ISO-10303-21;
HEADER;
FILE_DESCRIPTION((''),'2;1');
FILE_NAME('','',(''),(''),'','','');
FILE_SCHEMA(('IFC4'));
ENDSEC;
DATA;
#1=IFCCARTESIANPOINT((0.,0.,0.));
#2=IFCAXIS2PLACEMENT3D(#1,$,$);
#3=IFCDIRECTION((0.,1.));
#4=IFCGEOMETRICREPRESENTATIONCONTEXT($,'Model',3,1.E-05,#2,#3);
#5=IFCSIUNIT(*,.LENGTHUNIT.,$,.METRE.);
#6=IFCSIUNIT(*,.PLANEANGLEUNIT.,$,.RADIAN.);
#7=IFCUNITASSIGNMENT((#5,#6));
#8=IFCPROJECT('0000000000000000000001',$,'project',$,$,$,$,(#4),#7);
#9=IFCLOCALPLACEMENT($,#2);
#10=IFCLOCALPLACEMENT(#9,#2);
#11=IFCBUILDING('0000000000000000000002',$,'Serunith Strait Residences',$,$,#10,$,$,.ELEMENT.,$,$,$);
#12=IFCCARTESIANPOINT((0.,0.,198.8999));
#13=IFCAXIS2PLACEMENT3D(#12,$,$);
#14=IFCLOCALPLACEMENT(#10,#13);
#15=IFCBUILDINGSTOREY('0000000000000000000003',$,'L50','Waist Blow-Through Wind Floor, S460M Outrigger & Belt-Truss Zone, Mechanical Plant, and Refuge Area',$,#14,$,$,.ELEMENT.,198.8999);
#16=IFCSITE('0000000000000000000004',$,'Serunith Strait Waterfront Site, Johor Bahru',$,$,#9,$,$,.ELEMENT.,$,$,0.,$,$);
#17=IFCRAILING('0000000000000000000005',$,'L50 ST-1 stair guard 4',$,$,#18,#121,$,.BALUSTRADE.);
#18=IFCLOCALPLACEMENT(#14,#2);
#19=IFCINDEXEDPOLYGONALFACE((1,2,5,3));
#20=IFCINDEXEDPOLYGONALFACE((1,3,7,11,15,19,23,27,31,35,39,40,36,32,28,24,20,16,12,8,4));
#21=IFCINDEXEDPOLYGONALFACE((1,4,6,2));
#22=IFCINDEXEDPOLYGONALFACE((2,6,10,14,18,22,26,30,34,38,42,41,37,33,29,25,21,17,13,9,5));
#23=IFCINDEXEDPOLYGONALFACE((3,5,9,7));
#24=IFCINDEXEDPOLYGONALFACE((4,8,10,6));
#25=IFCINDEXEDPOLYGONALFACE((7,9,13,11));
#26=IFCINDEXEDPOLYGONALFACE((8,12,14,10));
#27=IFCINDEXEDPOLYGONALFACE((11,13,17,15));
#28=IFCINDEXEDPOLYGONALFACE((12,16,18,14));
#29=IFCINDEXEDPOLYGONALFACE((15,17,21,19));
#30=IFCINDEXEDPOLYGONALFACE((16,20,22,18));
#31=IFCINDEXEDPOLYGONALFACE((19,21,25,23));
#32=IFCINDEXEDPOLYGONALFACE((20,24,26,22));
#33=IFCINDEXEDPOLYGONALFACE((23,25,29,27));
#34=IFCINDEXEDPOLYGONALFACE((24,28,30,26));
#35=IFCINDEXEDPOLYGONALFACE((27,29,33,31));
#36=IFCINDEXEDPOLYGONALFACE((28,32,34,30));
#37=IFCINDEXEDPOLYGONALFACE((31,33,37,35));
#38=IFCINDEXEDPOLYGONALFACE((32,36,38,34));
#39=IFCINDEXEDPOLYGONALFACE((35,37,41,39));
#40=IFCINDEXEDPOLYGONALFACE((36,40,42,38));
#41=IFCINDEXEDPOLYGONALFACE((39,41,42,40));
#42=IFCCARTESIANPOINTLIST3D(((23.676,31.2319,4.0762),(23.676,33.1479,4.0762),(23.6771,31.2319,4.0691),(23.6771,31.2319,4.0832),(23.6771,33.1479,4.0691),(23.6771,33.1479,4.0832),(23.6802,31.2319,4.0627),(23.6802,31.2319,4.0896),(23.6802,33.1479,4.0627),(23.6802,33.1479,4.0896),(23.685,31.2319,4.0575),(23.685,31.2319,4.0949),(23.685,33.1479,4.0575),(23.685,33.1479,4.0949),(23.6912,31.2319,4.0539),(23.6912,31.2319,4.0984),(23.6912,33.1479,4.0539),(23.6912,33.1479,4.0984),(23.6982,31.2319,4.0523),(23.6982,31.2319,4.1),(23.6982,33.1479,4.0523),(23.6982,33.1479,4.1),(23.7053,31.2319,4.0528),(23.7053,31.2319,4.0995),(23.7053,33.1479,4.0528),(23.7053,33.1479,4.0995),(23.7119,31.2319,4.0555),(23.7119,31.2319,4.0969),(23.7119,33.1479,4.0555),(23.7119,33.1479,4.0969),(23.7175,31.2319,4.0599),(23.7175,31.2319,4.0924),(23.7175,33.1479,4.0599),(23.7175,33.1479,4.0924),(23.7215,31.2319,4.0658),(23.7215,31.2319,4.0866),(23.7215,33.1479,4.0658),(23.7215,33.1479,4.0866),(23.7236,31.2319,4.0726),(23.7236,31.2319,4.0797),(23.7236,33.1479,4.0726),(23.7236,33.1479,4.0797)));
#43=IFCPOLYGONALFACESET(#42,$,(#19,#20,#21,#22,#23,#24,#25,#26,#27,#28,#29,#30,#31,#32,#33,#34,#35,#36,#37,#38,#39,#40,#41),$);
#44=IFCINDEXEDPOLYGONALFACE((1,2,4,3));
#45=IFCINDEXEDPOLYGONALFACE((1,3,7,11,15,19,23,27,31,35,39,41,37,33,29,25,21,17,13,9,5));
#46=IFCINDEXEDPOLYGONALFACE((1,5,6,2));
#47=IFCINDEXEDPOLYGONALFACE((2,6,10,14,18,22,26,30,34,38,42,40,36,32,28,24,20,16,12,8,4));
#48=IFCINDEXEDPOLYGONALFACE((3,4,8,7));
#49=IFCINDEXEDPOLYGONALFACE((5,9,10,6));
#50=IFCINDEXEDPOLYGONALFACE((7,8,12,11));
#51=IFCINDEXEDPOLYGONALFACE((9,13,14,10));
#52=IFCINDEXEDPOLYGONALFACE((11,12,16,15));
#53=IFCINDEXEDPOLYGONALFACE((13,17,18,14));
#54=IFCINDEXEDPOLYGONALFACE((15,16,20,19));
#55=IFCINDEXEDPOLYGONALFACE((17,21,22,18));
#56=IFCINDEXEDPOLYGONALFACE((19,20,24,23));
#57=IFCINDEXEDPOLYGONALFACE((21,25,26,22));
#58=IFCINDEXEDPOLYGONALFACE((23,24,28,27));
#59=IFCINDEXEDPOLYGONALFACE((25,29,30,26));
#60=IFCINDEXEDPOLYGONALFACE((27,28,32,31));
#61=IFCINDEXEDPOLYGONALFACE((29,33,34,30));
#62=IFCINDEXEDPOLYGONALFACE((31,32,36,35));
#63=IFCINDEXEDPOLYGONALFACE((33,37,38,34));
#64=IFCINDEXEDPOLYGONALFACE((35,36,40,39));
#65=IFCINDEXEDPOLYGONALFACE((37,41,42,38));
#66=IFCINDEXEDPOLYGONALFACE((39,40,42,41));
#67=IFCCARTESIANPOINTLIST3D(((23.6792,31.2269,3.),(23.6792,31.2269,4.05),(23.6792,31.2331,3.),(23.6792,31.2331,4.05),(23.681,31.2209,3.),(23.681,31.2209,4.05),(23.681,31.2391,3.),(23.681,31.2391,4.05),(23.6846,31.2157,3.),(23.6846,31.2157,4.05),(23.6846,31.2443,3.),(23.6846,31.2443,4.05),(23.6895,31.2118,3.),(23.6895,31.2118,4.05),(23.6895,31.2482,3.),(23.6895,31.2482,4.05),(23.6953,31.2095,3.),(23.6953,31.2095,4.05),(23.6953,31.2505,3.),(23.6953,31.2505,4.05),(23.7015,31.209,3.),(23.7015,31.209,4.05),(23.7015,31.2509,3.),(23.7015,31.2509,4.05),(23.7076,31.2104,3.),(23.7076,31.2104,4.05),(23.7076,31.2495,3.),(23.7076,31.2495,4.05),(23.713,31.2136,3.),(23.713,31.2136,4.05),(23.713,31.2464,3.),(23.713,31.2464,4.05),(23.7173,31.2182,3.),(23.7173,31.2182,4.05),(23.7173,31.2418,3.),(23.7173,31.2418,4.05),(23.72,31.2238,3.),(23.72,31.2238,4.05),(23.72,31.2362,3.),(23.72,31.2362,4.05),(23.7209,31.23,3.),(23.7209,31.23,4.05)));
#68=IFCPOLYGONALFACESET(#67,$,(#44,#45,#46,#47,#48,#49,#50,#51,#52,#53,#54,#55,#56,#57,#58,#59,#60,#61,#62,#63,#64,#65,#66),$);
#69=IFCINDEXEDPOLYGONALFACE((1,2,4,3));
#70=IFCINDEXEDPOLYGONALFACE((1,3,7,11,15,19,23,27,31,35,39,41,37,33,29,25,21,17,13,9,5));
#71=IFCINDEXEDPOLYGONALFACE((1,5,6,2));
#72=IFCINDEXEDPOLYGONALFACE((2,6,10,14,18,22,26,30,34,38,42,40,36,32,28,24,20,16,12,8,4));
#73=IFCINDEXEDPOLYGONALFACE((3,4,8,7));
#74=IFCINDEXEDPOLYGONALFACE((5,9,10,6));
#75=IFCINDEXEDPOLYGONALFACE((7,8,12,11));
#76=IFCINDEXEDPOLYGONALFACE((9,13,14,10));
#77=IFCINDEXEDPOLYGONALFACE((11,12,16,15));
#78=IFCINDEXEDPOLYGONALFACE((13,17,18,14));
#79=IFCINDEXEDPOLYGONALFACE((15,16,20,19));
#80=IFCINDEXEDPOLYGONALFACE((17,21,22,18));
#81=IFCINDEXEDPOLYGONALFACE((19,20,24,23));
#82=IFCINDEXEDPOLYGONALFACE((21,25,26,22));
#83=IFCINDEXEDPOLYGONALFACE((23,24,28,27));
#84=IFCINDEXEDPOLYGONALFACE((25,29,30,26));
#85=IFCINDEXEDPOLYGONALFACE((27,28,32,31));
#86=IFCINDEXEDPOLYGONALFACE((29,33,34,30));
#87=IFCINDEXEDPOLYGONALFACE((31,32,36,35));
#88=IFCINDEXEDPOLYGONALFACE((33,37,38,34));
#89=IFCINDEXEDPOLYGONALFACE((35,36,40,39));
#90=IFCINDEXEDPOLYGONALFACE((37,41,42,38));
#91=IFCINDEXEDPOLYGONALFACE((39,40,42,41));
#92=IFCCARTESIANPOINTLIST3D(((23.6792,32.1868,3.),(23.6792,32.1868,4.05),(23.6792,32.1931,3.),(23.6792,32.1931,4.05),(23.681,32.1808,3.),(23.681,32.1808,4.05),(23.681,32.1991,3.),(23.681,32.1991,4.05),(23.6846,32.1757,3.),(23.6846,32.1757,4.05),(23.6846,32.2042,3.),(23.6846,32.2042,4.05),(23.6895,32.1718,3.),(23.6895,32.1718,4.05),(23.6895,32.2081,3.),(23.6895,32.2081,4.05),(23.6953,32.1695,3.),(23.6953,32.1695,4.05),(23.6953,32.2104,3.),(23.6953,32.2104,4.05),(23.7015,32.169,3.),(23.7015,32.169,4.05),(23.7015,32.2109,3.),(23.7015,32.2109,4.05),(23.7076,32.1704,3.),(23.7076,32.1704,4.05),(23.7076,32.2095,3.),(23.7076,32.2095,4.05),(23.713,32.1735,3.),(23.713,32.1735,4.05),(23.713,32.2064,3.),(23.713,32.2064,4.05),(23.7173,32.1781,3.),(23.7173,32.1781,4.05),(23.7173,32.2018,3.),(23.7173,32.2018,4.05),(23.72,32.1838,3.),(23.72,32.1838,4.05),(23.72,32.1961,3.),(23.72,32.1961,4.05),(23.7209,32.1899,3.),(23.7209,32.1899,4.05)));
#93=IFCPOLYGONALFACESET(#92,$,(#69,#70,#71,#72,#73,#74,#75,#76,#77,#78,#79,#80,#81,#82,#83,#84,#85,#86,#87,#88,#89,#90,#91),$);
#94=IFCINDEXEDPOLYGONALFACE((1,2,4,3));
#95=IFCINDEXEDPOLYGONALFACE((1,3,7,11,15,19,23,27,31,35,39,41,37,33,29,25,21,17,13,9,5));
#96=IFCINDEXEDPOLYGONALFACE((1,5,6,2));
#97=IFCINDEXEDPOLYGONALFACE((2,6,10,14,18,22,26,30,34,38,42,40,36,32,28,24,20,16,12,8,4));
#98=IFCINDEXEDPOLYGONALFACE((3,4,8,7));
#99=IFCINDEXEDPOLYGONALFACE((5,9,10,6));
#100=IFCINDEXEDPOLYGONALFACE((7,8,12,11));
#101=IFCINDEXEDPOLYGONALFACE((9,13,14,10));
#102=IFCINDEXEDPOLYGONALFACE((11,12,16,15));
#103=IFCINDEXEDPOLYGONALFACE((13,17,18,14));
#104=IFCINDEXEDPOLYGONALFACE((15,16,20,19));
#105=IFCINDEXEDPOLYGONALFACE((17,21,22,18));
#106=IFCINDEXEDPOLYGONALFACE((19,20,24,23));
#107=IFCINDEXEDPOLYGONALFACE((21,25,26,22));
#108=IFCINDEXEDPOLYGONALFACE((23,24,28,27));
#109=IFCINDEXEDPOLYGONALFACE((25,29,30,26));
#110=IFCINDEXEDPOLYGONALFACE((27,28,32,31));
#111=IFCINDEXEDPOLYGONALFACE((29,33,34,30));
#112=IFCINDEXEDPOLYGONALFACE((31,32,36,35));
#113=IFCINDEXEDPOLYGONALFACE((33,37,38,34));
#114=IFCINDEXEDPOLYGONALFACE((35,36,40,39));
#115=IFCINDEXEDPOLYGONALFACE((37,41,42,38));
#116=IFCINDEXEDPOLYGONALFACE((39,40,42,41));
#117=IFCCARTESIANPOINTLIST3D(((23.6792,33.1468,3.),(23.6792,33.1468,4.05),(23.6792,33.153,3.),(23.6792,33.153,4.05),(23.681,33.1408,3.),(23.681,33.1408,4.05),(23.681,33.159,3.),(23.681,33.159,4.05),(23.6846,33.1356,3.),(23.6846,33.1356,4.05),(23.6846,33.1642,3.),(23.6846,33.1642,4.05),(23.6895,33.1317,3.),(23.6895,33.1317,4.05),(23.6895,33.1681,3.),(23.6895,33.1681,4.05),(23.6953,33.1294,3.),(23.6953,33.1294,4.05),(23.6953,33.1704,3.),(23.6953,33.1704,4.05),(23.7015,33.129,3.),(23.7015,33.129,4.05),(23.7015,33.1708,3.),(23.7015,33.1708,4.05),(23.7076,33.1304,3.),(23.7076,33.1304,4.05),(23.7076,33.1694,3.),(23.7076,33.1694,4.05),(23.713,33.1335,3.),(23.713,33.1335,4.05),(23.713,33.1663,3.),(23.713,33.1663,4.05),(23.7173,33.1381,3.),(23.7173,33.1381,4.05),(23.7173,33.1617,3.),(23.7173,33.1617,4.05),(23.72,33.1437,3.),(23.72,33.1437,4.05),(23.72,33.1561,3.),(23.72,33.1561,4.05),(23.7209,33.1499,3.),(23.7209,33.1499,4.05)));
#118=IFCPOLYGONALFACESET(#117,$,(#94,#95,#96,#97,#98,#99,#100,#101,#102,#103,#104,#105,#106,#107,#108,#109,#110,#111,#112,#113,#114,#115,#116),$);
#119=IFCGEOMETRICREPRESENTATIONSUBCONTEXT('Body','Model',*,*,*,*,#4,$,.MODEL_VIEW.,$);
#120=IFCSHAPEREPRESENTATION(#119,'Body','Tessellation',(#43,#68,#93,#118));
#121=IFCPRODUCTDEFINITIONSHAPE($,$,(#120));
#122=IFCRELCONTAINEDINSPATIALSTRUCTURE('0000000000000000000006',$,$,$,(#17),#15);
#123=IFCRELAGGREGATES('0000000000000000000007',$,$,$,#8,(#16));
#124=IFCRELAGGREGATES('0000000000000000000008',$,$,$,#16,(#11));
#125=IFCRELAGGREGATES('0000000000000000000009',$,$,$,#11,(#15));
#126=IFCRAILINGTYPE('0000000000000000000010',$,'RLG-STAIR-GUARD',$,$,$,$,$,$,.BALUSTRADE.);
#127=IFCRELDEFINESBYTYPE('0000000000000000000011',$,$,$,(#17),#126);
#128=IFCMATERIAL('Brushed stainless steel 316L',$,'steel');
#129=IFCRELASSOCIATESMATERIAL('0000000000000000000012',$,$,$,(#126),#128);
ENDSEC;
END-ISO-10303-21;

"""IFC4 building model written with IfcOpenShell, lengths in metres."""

from ifc_helpers import new_model, si_unit, direction, frame, origin, origin_2d, place, context, subcontext, project, spatial, circle, extrude, material, type_object, element, save


model = new_model("IFC4")

# Units and contexts
model_context = context("Model", 3, precision=1e-05, world=origin(), true_north=direction((0.0, 1.0)))
body_context = subcontext(model_context, "Body", "Model", "MODEL_VIEW")
ifc_project = project(units=[si_unit("LENGTHUNIT", "METRE"), si_unit("PLANEANGLEUNIT", "RADIAN")], contexts=[model_context])

# Site, building, storey
site_placement = place(None, origin())
site = spatial("IfcSite", under=ifc_project, at=site_placement, Name="Serunith Strait Waterfront Site, Johor Bahru", CompositionType="ELEMENT", RefElevation=0.0)
building_placement = place(site_placement, origin())
building = spatial("IfcBuilding", under=site, at=building_placement, Name="Serunith Strait Residences", CompositionType="ELEMENT")
storey_placement = place(building_placement, frame((0.0, 0.0, 198.8999)))
storey = spatial("IfcBuildingStorey", under=building, at=storey_placement, Name="L50", Description="Waist Blow-Through Wind Floor, S460M Outrigger & Belt-Truss Zone, Mechanical Plant, and Refuge Area", CompositionType="ELEMENT", Elevation=198.8999)

# Railing
ifc_material_1 = material(Name="Brushed stainless steel 316L", Category="steel")
railing_type_1 = type_object("IfcRailingType", Name="RLG-STAIR-GUARD", PredefinedType="BALUSTRADE", material=ifc_material_1)
for number, where, name in (
    (1, (23.7, 31.23, 3.0), "L50 ST-1 stair guard 4"),
):
    element("IfcRailing", number, at=place(storey_placement, frame(where)), inside=storey, type_object=railing_type_1, Name=name, PredefinedType="BALUSTRADE", context=body_context, shape_type="SweptSolid", body=[
        extrude(circle(Radius=0.0239, at=origin_2d()), frame((0.0, 0.002, 1.0762), z_axis=(0.0, 1.0, 0.0), x_axis=(-1.0, 0.0, 0.0)), (0.0, 0.0, 1.0), 1.916),
        extrude(circle(Radius=0.021, at=origin_2d()), origin(), (0.0, 0.0, 1.0), 1.05),
        extrude(circle(Radius=0.021, at=origin_2d()), frame((0.0, 0.96, 0.0)), (0.0, 0.0, 1.0), 1.05),
        extrude(circle(Radius=0.021, at=origin_2d()), frame((0.0, 1.9199, 0.0)), (0.0, 0.0, 1.0), 1.05),
    ])

save(model, "model.ifc")
